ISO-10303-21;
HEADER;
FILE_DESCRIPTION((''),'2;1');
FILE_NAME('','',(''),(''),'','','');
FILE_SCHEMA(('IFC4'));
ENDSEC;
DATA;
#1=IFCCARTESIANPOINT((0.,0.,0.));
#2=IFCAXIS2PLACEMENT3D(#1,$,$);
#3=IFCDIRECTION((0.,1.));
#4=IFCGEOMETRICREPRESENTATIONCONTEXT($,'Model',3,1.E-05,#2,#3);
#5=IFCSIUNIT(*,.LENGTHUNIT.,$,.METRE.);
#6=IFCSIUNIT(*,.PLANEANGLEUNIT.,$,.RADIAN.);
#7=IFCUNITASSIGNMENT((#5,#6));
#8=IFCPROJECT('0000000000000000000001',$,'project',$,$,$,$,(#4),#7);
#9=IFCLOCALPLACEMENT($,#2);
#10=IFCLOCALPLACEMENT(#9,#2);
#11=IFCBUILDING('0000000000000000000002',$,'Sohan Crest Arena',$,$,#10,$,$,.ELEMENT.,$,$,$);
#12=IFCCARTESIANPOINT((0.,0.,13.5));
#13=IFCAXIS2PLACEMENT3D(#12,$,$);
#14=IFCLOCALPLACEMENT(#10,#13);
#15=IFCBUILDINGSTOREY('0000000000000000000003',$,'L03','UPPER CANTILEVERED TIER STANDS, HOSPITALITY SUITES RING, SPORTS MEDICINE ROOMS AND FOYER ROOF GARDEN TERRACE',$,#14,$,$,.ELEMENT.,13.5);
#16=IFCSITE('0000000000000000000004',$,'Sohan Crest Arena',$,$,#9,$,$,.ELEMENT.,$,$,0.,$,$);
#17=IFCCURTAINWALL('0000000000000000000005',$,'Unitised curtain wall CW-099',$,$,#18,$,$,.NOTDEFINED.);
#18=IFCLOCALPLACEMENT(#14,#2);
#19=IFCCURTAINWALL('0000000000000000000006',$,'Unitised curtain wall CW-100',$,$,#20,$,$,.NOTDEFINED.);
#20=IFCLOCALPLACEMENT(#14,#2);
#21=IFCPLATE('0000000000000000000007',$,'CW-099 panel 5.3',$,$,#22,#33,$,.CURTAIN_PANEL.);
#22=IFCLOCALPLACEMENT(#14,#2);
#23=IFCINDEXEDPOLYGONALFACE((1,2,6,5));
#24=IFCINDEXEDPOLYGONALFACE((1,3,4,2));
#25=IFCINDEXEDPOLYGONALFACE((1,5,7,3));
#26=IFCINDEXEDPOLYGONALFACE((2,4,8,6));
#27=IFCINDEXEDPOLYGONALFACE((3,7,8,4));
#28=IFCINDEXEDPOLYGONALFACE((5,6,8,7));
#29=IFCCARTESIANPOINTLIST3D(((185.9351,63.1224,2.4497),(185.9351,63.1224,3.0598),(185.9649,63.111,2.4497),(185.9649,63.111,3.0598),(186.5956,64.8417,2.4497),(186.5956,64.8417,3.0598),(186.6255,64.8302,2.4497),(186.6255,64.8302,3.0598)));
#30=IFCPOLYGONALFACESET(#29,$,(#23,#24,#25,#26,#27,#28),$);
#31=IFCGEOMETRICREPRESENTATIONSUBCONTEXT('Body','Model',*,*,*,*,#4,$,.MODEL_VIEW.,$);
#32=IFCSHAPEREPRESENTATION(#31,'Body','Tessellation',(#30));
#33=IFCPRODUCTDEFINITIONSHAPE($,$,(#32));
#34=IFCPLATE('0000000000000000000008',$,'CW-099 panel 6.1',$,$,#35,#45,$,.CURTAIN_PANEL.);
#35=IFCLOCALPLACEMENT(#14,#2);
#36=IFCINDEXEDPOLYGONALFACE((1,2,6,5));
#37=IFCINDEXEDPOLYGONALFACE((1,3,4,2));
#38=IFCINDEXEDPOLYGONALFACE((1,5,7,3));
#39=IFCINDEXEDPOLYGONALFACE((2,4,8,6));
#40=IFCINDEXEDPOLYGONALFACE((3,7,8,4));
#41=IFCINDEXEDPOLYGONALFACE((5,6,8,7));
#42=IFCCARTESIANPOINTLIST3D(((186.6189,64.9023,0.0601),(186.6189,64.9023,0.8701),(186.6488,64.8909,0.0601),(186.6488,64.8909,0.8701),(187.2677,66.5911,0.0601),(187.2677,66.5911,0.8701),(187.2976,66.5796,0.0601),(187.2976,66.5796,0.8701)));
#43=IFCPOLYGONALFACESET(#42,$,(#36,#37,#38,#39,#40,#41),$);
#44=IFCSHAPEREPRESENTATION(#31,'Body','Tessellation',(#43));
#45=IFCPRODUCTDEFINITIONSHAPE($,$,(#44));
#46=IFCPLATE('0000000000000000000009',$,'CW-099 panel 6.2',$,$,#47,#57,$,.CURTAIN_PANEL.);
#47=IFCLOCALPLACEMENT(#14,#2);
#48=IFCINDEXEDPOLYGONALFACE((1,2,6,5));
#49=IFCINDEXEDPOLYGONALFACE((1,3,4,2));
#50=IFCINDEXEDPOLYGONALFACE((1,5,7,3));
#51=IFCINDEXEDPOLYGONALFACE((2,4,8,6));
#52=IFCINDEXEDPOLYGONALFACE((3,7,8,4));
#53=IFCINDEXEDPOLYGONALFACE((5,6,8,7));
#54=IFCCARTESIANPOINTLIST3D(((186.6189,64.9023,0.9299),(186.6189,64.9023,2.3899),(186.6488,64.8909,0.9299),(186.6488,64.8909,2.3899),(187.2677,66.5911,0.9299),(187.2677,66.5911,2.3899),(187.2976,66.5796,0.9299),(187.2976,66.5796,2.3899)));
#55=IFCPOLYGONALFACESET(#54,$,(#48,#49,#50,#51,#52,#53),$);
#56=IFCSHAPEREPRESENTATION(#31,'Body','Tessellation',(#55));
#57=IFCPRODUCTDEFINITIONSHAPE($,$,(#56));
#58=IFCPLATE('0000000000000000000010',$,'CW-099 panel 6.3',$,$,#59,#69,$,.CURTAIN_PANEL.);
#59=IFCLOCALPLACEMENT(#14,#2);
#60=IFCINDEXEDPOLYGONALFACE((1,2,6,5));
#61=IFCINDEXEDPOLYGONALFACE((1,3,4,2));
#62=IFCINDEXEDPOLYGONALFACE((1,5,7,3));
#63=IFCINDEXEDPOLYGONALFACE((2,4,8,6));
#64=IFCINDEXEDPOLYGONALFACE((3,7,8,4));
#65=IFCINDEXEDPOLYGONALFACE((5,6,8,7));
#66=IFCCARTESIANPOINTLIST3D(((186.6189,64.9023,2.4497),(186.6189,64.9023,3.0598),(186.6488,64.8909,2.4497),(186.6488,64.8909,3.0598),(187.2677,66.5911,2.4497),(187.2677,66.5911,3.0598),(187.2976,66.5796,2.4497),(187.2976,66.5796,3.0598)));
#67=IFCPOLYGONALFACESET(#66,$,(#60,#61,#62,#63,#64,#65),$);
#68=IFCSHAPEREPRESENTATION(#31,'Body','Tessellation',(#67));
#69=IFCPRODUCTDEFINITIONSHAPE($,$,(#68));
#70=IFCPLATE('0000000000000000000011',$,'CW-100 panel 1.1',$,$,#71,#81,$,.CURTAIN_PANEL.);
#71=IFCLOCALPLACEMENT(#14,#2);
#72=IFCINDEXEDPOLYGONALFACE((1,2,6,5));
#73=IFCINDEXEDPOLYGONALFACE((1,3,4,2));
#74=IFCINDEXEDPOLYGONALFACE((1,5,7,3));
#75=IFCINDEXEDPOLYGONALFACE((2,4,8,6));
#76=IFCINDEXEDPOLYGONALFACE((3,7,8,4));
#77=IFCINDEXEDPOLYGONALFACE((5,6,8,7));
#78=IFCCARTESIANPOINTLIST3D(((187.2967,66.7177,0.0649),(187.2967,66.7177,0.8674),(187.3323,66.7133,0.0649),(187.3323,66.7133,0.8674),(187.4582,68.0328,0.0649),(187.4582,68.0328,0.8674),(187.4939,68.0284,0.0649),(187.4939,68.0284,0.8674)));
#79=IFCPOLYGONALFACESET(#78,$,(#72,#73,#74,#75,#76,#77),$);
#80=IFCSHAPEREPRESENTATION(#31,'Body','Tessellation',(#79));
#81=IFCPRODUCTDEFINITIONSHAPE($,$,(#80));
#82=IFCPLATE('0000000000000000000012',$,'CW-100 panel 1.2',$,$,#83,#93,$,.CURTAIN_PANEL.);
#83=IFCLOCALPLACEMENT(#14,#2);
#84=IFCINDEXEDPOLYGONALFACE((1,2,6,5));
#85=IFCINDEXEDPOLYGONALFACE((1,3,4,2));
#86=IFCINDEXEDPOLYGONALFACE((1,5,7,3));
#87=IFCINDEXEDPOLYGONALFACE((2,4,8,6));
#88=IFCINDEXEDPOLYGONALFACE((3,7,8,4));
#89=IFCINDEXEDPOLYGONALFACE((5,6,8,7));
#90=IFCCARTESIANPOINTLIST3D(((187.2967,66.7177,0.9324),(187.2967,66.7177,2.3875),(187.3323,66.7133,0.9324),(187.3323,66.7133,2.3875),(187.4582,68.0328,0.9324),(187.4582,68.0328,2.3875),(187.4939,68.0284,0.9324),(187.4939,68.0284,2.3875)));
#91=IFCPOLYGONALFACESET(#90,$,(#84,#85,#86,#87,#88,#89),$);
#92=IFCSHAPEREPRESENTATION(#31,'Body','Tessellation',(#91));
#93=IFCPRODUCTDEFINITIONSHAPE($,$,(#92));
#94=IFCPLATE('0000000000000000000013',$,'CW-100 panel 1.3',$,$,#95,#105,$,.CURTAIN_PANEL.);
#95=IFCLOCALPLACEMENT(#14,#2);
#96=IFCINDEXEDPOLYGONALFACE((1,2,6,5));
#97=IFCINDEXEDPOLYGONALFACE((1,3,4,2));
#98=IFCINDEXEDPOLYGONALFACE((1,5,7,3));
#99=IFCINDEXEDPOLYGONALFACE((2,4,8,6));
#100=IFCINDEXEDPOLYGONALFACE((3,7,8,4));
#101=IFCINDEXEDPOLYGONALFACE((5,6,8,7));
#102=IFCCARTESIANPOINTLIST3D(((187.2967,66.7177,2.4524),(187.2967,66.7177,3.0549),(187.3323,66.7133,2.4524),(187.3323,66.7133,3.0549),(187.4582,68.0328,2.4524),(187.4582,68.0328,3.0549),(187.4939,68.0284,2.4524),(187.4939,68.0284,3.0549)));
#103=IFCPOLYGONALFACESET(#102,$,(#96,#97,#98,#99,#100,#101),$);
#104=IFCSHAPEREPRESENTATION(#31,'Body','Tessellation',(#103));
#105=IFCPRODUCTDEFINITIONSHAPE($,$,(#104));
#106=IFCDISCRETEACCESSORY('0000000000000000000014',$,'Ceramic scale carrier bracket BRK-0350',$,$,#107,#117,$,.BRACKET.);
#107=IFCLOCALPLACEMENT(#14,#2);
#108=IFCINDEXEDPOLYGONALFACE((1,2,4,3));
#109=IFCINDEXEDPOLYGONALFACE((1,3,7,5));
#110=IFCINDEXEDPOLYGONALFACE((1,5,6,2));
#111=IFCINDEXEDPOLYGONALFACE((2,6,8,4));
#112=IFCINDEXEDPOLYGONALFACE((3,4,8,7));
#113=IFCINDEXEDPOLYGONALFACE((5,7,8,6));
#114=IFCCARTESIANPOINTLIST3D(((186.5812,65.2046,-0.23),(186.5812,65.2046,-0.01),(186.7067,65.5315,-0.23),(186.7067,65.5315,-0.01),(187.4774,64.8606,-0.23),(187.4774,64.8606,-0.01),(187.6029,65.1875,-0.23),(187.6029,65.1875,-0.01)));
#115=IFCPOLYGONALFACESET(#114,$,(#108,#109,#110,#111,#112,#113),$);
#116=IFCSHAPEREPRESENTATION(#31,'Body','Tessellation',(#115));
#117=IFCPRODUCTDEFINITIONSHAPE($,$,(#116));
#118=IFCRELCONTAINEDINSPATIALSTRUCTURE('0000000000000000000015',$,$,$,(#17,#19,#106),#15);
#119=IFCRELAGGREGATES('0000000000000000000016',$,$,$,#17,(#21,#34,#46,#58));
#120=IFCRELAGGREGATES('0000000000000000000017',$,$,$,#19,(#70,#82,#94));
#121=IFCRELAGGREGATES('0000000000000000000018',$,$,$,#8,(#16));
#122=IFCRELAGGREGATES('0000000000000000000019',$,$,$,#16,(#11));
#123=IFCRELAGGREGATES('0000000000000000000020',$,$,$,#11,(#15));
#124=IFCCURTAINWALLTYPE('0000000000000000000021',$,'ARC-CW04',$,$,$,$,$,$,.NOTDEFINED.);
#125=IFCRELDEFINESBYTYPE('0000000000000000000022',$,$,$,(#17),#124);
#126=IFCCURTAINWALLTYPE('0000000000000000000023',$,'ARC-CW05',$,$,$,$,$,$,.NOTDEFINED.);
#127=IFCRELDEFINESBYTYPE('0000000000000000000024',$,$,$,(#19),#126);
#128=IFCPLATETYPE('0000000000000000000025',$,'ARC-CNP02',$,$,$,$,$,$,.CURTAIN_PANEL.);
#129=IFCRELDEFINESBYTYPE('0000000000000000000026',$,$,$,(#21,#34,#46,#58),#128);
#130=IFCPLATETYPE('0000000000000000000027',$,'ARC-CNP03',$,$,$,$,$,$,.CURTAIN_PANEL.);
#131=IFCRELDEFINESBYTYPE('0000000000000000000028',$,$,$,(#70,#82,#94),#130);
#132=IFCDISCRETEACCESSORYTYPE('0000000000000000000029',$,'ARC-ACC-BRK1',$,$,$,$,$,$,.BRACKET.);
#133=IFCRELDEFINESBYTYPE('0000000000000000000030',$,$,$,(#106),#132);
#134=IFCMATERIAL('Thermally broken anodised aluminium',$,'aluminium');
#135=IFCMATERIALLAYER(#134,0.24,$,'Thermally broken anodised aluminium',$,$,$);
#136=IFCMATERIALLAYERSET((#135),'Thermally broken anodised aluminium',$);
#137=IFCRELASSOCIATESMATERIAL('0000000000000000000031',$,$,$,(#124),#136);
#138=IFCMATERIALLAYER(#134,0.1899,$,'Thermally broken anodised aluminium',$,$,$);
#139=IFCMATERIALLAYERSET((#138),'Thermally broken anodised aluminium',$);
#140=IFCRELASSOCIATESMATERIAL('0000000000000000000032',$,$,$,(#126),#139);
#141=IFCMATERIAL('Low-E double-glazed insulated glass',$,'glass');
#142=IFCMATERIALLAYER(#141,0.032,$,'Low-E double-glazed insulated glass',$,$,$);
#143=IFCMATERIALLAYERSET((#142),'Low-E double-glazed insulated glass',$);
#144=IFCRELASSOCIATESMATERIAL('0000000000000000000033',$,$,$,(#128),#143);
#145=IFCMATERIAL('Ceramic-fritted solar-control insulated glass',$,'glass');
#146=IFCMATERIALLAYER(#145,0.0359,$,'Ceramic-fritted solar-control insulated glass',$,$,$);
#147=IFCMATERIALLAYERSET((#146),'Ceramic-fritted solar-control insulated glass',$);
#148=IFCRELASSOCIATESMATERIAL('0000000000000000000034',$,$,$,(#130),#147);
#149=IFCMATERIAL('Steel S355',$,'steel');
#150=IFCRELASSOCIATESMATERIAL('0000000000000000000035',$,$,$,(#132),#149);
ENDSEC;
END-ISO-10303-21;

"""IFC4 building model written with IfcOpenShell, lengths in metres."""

from ifc_helpers import new_model, si_unit, direction, frame, origin, origin_2d, place, context, subcontext, project, spatial, rectangle, extrude, material, layer, layer_set, type_object, element, aggregate, save


model = new_model("IFC4")

# Units and contexts
model_context = context("Model", 3, precision=1e-05, world=origin(), true_north=direction((0.0, 1.0)))
body_context = subcontext(model_context, "Body", "Model", "MODEL_VIEW")
ifc_project = project(units=[si_unit("LENGTHUNIT", "METRE"), si_unit("PLANEANGLEUNIT", "RADIAN")], contexts=[model_context])

# Site, building, storey
site_placement = place(None, origin())
site = spatial("IfcSite", under=ifc_project, at=site_placement, Name="Sohan Crest Arena", CompositionType="ELEMENT", RefElevation=0.0)
building_placement = place(site_placement, origin())
building = spatial("IfcBuilding", under=site, at=building_placement, Name="Sohan Crest Arena", CompositionType="ELEMENT")
storey_placement = place(building_placement, frame((0.0, 0.0, 13.5)))
storey = spatial("IfcBuildingStorey", under=building, at=storey_placement, Name="L03", Description="UPPER CANTILEVERED TIER STANDS, HOSPITALITY SUITES RING, SPORTS MEDICINE ROOMS AND FOYER ROOF GARDEN TERRACE", CompositionType="ELEMENT", Elevation=13.5)

# Shared definitions
ifc_material_1 = material(Name="Steel S355", Category="steel")

# Curtain walls
ifc_material_2 = material(Name="Thermally broken anodised aluminium", Category="aluminium")
ifc_layer_1 = layer(ifc_material_2, 0.24, Name="Thermally broken anodised aluminium")
ifc_layer_set_1 = layer_set([ifc_layer_1], Name="Thermally broken anodised aluminium")
curtain_wall_type_1 = type_object("IfcCurtainWallType", Name="ARC-CW04", PredefinedType="NOTDEFINED", material=ifc_layer_set_1)
curtain_wall_1_placement = place(storey_placement, origin())
curtain_wall_1 = element("IfcCurtainWall", 1, at=curtain_wall_1_placement, inside=storey, type_object=curtain_wall_type_1, Name="Unitised curtain wall CW-099", PredefinedType="NOTDEFINED")
ifc_layer_2 = layer(ifc_material_2, 0.1899, Name="Thermally broken anodised aluminium")
ifc_layer_set_2 = layer_set([ifc_layer_2], Name="Thermally broken anodised aluminium")
curtain_wall_type_2 = type_object("IfcCurtainWallType", Name="ARC-CW05", PredefinedType="NOTDEFINED", material=ifc_layer_set_2)
curtain_wall_2_placement = place(storey_placement, origin())
curtain_wall_2 = element("IfcCurtainWall", 2, at=curtain_wall_2_placement, inside=storey, type_object=curtain_wall_type_2, Name="Unitised curtain wall CW-100", PredefinedType="NOTDEFINED")

# Plates
ifc_material_3 = material(Name="Low-E double-glazed insulated glass", Category="glass")
ifc_layer_3 = layer(ifc_material_3, 0.032, Name="Low-E double-glazed insulated glass")
ifc_layer_set_3 = layer_set([ifc_layer_3], Name="Low-E double-glazed insulated glass")
plate_type_1 = type_object("IfcPlateType", Name="ARC-CNP02", PredefinedType="CURTAIN_PANEL", material=ifc_layer_set_3)
plate_1_placement = place(storey_placement, frame((186.2803, 63.9763, 2.4497), z_axis=(0.0, 0.0, 1.0), x_axis=(0.358651, 0.933472, 0.0)))
plate_1 = element("IfcPlate", 3, at=plate_1_placement, type_object=plate_type_1, Name="CW-099 panel 5.3", PredefinedType="CURTAIN_PANEL", context=body_context, shape_type="SweptSolid", body=[
    extrude(rectangle(XDim=1.8418, YDim=0.032, at=origin_2d()), origin(), (0.0, 0.0, 1.0), 0.6101),
])
plate_2_placement = place(storey_placement, frame((186.9583, 65.741, 0.0601), z_axis=(0.0, 0.0, 1.0), x_axis=(0.358651, 0.933472, 0.0)))
plate_2 = element("IfcPlate", 4, at=plate_2_placement, type_object=plate_type_1, Name="CW-099 panel 6.1", PredefinedType="CURTAIN_PANEL", context=body_context, shape_type="SweptSolid", body=[
    extrude(rectangle(XDim=1.8091, YDim=0.032, at=origin_2d()), origin(), (0.0, 0.0, 1.0), 0.8101),
])
plate_3_placement = place(storey_placement, frame((186.9583, 65.741, 0.9299), z_axis=(0.0, 0.0, 1.0), x_axis=(0.358651, 0.933472, 0.0)))
plate_3 = element("IfcPlate", 5, at=plate_3_placement, type_object=plate_type_1, Name="CW-099 panel 6.2", PredefinedType="CURTAIN_PANEL", context=body_context, shape_type="SweptSolid", body=[
    extrude(rectangle(XDim=1.8091, YDim=0.032, at=origin_2d()), origin(), (0.0, 0.0, 1.0), 1.46),
])
plate_4_placement = place(storey_placement, frame((186.9583, 65.741, 2.4497), z_axis=(0.0, 0.0, 1.0), x_axis=(0.358651, 0.933472, 0.0)))
plate_4 = element("IfcPlate", 6, at=plate_4_placement, type_object=plate_type_1, Name="CW-099 panel 6.3", PredefinedType="CURTAIN_PANEL", context=body_context, shape_type="SweptSolid", body=[
    extrude(rectangle(XDim=1.8091, YDim=0.032, at=origin_2d()), origin(), (0.0, 0.0, 1.0), 0.6101),
])
aggregate(curtain_wall_1, [plate_1, plate_2, plate_3, plate_4])
ifc_material_4 = material(Name="Ceramic-fritted solar-control insulated glass", Category="glass")
ifc_layer_4 = layer(ifc_material_4, 0.0359, Name="Ceramic-fritted solar-control insulated glass")
ifc_layer_set_4 = layer_set([ifc_layer_4], Name="Ceramic-fritted solar-control insulated glass")
plate_type_2 = type_object("IfcPlateType", Name="ARC-CNP03", PredefinedType="CURTAIN_PANEL", material=ifc_layer_set_4)
plate_5_placement = place(storey_placement, frame((187.3953, 67.373, 0.0649), z_axis=(0.0, 0.0, 1.0), x_axis=(0.121947, 0.992537, 0.0)))
plate_5 = element("IfcPlate", 7, at=plate_5_placement, type_object=plate_type_2, Name="CW-100 panel 1.1", PredefinedType="CURTAIN_PANEL", context=body_context, shape_type="SweptSolid", body=[
    extrude(rectangle(XDim=1.325, YDim=0.0359, at=origin_2d()), origin(), (0.0, 0.0, 1.0), 0.8025),
])
plate_6_placement = place(storey_placement, frame((187.3953, 67.373, 0.9324), z_axis=(0.0, 0.0, 1.0), x_axis=(0.121947, 0.992537, 0.0)))
plate_6 = element("IfcPlate", 8, at=plate_6_placement, type_object=plate_type_2, Name="CW-100 panel 1.2", PredefinedType="CURTAIN_PANEL", context=body_context, shape_type="SweptSolid", body=[
    extrude(rectangle(XDim=1.325, YDim=0.0359, at=origin_2d()), origin(), (0.0, 0.0, 1.0), 1.4551),
])
plate_7_placement = place(storey_placement, frame((187.3953, 67.373, 2.4524), z_axis=(0.0, 0.0, 1.0), x_axis=(0.121947, 0.992537, 0.0)))
plate_7 = element("IfcPlate", 9, at=plate_7_placement, type_object=plate_type_2, Name="CW-100 panel 1.3", PredefinedType="CURTAIN_PANEL", context=body_context, shape_type="SweptSolid", body=[
    extrude(rectangle(XDim=1.325, YDim=0.0359, at=origin_2d()), origin(), (0.0, 0.0, 1.0), 0.6025),
])
aggregate(curtain_wall_2, [plate_5, plate_6, plate_7])

# Discrete accessory
discrete_accessory_type = type_object("IfcDiscreteAccessoryType", Name="ARC-ACC-BRK1", PredefinedType="BRACKET", material=ifc_material_1)
discrete_accessory_placement = place(storey_placement, frame((187.092, 65.196, -0.23), z_axis=(0.0, 0.0, 1.0), x_axis=(0.358368, 0.93358, 0.0)))
element("IfcDiscreteAccessory", 10, at=discrete_accessory_placement, inside=storey, type_object=discrete_accessory_type, Name="Ceramic scale carrier bracket BRK-0350", PredefinedType="BRACKET", context=body_context, shape_type="SweptSolid", body=[
    extrude(rectangle(XDim=0.3501, YDim=0.96, at=origin_2d()), origin(), (0.0, 0.0, 1.0), 0.22),
])

save(model, "model.ifc")
